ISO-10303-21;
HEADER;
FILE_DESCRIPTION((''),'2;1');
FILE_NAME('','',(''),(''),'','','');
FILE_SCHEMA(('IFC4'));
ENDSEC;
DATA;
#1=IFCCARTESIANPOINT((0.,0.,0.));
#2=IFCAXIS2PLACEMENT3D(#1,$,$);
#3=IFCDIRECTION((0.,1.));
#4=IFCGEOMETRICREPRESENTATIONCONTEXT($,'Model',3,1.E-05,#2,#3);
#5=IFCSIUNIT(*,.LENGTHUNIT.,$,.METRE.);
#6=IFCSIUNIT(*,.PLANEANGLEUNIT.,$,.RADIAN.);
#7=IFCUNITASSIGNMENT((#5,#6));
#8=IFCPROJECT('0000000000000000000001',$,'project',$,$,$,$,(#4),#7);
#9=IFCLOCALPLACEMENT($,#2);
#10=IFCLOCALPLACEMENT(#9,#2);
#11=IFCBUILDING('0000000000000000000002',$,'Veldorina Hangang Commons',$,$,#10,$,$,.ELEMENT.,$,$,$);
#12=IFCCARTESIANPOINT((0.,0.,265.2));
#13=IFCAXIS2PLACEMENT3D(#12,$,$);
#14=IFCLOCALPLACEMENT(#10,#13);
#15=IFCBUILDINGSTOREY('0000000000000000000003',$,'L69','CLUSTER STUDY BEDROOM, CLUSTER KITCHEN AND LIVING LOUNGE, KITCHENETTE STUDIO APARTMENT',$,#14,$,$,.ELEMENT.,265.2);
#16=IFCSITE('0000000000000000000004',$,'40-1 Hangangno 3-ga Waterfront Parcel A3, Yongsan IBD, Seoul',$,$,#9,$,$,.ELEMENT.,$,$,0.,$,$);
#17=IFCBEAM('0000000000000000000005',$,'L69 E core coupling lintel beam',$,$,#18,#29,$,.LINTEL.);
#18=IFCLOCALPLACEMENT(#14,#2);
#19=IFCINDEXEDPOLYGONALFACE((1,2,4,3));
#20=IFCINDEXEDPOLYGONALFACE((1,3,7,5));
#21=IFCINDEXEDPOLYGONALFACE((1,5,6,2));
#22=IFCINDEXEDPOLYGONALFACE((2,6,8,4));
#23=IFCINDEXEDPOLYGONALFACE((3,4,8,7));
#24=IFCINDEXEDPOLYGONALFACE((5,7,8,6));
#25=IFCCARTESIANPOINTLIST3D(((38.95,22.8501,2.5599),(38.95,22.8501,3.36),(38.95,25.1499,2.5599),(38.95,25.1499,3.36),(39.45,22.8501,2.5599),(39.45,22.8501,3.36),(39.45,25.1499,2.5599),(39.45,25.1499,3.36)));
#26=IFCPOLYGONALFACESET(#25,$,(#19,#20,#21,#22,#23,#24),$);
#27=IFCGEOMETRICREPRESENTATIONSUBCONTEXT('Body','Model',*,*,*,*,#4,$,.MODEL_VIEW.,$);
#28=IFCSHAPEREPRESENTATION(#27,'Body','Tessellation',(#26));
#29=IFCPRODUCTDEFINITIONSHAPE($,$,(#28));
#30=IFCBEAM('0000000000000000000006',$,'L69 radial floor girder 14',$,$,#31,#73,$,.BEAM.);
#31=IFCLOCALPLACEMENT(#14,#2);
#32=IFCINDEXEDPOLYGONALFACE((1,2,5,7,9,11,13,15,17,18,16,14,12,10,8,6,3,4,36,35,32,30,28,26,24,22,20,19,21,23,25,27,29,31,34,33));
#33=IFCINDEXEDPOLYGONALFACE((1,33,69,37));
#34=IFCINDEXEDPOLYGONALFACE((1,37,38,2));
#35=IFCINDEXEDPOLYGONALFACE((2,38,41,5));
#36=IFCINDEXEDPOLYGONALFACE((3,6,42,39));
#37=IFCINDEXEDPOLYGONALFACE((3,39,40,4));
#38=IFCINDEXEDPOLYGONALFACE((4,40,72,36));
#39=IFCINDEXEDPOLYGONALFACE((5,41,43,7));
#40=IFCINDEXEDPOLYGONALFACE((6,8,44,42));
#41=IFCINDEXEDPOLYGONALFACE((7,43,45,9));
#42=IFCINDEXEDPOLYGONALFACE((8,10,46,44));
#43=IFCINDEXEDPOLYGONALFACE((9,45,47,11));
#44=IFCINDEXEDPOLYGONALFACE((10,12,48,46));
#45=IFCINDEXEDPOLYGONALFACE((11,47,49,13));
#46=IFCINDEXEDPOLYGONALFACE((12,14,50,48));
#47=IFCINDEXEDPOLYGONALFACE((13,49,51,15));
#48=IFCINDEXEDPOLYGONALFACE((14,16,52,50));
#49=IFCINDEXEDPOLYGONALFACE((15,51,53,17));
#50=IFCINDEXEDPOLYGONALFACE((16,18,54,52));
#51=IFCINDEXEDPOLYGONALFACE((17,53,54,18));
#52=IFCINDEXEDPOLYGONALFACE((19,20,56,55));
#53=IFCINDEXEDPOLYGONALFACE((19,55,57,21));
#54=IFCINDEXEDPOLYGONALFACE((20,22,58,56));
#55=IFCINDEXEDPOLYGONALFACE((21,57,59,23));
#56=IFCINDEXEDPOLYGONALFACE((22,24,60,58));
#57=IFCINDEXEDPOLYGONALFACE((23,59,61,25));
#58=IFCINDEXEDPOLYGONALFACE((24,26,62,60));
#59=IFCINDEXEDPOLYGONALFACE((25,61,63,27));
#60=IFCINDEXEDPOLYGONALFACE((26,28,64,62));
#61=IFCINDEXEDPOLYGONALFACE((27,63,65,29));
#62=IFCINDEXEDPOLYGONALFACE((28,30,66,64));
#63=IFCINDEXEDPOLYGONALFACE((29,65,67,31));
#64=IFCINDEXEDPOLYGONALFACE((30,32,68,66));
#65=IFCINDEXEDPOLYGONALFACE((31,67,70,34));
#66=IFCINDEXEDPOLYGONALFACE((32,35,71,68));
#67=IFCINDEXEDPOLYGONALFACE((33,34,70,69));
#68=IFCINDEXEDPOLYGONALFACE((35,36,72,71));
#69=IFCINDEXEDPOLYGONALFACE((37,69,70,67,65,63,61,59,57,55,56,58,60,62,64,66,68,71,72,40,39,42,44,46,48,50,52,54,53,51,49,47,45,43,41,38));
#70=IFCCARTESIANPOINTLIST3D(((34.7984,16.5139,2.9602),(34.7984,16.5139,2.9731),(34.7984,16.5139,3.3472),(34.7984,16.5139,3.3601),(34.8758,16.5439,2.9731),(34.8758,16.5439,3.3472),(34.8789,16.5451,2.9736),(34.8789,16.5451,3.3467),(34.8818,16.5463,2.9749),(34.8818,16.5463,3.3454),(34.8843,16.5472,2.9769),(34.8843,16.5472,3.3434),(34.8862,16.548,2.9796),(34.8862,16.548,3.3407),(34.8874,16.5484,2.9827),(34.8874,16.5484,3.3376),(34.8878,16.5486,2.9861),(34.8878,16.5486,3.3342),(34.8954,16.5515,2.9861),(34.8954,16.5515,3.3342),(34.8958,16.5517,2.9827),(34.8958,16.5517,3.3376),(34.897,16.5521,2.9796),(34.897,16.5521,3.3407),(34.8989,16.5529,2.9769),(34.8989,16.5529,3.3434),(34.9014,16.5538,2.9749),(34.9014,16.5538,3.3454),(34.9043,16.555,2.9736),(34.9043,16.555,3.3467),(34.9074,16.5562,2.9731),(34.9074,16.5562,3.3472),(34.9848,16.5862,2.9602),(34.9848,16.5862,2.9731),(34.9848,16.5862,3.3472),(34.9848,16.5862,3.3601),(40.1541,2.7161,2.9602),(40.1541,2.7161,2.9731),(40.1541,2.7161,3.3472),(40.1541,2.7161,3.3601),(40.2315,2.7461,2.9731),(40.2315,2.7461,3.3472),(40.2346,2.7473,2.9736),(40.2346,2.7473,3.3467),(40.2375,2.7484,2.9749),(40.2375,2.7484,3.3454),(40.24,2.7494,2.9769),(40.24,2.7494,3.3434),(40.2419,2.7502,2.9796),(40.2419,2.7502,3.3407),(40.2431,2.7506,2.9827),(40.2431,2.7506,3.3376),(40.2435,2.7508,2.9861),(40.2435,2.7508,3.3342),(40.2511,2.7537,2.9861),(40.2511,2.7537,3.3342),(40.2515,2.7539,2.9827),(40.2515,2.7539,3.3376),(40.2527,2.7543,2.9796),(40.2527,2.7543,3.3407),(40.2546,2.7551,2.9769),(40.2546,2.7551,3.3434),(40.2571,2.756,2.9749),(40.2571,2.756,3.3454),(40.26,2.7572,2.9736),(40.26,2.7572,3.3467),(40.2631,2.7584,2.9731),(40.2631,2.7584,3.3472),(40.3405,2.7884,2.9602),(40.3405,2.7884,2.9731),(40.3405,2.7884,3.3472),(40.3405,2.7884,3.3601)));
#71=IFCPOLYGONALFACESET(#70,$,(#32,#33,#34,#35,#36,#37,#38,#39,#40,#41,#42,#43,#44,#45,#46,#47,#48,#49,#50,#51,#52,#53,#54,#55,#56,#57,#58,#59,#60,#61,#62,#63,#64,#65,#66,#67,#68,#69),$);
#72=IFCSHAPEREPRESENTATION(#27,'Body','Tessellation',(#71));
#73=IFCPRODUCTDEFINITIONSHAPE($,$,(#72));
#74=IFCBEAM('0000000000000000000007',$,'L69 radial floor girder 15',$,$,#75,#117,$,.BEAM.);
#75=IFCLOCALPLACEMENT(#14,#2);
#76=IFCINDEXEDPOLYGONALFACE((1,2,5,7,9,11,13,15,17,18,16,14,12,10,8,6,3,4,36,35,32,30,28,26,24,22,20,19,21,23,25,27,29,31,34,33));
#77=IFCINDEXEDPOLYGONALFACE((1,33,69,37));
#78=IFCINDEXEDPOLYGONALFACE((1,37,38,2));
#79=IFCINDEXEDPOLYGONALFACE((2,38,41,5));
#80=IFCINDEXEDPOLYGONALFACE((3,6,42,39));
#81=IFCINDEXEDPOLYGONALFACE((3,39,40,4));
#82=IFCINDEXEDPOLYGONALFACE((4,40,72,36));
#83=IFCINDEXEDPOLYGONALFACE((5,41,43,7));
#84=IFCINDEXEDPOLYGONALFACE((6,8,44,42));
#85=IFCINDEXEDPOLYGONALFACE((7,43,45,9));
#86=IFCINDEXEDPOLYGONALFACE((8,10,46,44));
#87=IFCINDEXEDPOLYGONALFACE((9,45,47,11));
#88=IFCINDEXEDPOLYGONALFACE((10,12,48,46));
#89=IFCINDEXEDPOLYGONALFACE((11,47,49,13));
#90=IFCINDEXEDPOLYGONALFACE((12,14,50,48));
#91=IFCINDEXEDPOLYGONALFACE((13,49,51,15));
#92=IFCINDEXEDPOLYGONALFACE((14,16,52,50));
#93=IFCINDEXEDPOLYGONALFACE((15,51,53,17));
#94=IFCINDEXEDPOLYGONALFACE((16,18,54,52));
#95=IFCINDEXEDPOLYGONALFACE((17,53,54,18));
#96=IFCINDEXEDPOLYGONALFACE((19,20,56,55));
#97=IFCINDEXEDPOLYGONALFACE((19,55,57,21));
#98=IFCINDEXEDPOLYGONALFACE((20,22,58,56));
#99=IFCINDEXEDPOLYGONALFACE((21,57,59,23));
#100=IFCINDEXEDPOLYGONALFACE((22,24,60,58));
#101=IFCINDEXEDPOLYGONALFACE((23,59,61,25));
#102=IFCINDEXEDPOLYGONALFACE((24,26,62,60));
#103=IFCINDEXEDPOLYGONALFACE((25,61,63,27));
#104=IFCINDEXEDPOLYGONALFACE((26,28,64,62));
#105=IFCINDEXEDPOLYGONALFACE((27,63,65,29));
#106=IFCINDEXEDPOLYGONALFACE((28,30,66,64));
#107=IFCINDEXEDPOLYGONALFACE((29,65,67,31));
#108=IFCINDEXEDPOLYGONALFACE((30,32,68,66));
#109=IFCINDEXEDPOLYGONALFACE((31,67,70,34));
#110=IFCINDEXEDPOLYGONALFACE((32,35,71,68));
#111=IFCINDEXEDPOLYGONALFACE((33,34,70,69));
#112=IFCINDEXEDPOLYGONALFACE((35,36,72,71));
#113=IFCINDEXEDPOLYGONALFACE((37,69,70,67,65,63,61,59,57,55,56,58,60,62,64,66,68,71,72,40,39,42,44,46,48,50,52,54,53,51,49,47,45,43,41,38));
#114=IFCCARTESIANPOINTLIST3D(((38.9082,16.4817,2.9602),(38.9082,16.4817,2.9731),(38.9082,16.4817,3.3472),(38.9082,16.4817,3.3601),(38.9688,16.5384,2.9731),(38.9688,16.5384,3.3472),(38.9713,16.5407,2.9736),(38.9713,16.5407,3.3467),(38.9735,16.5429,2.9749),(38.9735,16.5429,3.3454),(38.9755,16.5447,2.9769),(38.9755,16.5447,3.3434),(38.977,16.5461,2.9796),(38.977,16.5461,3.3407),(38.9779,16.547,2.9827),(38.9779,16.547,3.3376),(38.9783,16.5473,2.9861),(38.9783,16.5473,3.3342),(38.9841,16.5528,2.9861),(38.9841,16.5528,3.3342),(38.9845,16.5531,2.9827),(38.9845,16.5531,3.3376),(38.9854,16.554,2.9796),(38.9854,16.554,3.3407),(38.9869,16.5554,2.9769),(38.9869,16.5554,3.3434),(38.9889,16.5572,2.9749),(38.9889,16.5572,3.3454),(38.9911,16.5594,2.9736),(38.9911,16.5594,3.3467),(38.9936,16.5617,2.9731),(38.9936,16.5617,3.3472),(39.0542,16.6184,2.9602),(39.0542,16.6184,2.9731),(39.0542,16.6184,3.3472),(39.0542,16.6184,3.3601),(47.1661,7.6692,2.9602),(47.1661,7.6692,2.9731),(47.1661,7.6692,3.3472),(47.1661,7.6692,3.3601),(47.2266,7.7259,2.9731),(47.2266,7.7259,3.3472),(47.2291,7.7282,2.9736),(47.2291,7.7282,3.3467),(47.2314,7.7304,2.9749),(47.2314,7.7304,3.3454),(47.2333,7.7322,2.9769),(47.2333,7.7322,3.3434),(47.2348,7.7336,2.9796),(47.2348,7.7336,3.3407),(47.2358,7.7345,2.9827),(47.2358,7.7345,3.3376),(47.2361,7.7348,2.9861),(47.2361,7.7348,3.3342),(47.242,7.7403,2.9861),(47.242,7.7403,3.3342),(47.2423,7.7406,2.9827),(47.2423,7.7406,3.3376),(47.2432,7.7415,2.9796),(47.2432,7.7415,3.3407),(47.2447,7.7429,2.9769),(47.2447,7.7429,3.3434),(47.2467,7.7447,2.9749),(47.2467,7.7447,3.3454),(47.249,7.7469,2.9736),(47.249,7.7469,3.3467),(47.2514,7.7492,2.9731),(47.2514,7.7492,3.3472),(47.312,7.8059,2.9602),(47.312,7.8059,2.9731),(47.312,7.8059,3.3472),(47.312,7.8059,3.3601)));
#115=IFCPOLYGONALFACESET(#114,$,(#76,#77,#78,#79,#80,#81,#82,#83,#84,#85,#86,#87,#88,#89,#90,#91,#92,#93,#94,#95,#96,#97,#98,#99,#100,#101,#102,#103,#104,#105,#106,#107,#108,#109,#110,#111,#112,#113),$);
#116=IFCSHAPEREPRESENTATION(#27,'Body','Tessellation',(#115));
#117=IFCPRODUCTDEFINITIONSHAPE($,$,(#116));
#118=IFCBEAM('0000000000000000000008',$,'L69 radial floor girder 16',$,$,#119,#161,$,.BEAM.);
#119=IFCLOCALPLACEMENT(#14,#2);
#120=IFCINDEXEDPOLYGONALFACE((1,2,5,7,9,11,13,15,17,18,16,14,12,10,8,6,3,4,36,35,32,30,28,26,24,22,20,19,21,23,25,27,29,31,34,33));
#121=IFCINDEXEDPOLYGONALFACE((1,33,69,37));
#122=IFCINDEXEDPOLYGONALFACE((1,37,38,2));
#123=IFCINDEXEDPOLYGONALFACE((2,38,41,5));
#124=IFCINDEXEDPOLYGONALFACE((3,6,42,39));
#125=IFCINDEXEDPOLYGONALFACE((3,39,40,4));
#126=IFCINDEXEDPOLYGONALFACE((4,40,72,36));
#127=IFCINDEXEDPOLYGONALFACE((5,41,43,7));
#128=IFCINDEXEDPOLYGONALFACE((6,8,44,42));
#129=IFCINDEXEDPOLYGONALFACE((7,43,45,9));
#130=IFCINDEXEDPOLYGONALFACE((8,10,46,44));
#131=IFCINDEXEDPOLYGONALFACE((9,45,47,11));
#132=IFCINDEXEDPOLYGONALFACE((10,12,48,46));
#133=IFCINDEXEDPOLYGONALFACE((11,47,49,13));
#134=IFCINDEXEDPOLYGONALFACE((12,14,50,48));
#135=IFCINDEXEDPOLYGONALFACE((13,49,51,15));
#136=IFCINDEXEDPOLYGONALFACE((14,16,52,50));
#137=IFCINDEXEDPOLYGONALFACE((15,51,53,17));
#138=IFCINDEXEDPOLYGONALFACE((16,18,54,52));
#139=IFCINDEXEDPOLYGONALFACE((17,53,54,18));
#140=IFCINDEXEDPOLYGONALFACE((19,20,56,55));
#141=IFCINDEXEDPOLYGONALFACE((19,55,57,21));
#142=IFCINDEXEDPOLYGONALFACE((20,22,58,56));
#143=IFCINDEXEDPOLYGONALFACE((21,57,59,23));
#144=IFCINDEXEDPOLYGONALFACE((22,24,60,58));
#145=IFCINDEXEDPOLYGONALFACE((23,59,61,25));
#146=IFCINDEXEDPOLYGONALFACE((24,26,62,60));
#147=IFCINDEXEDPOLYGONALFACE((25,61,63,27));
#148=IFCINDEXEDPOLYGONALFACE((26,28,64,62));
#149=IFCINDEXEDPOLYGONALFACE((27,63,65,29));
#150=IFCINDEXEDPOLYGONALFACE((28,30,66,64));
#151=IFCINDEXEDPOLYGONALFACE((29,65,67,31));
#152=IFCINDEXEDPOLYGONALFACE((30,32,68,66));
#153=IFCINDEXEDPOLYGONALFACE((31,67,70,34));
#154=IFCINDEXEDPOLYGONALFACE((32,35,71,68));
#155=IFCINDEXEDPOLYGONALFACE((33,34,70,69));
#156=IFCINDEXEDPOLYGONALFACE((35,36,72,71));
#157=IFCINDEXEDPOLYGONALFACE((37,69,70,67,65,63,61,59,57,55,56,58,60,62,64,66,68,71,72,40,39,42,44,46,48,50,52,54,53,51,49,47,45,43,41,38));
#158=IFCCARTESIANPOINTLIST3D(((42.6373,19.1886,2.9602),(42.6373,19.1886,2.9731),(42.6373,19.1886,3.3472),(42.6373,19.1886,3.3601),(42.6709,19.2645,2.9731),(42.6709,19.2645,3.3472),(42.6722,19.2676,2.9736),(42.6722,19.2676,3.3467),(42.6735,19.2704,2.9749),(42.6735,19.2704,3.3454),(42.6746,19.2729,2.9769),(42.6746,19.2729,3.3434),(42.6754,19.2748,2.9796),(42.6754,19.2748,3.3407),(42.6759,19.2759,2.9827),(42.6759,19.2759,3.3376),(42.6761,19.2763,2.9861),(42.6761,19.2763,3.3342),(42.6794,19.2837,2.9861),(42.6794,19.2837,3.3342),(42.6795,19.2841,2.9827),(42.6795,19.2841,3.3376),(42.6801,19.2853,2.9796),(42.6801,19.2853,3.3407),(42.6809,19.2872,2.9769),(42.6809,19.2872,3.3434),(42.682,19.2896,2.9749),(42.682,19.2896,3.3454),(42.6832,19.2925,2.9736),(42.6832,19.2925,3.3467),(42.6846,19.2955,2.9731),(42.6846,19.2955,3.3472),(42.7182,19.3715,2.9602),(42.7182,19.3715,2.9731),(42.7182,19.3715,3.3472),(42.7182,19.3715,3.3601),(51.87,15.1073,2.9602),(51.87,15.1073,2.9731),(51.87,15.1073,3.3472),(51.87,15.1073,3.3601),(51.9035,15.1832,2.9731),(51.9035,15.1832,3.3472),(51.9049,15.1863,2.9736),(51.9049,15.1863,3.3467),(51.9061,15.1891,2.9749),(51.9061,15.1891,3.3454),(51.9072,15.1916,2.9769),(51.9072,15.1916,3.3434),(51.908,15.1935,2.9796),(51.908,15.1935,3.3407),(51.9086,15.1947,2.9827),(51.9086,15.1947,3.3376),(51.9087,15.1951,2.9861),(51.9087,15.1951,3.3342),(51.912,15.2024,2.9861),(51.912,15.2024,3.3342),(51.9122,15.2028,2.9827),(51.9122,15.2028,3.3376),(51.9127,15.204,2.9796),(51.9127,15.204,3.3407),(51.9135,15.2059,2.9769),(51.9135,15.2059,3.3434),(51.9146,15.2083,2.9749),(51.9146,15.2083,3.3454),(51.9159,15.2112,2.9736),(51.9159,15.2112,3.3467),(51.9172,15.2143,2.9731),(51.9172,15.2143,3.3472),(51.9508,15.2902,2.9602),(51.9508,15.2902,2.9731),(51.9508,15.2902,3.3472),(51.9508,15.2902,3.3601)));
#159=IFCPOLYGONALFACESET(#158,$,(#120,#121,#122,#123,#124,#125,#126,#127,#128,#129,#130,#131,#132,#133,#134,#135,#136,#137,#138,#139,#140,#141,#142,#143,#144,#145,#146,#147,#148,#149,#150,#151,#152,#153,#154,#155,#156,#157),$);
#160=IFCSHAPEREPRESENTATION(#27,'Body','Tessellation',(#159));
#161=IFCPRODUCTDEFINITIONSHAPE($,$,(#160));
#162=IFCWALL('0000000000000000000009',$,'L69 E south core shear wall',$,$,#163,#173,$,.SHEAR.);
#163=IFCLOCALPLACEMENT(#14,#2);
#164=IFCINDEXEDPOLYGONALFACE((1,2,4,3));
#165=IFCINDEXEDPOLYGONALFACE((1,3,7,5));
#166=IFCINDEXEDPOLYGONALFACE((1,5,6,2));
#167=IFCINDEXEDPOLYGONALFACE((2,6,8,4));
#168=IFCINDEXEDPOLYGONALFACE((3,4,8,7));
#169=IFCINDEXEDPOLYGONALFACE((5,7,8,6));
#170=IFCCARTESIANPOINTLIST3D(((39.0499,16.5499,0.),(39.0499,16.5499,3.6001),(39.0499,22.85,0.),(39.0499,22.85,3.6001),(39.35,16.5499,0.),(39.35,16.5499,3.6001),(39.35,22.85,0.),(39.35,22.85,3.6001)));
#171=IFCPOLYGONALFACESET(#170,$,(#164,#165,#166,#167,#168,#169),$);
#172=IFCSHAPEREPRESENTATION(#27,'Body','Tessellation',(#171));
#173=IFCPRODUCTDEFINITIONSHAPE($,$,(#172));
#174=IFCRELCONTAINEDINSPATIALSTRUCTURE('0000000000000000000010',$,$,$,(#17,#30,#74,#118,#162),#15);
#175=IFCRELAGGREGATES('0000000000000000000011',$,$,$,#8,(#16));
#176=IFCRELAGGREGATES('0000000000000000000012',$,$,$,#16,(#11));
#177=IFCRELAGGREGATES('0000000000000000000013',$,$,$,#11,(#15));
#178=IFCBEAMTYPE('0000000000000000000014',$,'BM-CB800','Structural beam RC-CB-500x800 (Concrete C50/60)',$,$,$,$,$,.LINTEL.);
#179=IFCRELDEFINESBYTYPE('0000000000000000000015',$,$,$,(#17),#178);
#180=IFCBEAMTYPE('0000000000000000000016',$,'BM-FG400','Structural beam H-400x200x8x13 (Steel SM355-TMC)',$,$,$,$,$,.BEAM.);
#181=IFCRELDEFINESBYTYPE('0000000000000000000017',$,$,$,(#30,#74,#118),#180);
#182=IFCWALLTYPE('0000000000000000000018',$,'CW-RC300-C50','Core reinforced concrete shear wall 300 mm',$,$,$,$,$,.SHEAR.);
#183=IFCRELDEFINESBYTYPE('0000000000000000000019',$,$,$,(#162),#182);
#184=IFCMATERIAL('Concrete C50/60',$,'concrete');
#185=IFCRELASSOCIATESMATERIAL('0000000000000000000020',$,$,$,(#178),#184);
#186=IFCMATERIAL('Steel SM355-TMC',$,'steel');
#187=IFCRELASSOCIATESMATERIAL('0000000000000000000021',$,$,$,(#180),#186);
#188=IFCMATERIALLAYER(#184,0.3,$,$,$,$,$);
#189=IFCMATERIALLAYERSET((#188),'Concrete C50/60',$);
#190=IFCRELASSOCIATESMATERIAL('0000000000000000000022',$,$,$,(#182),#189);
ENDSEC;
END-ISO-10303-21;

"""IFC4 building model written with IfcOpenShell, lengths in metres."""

from ifc_helpers import new_model, si_unit, direction, frame, frame_2d, origin, origin_2d, place, context, subcontext, project, spatial, rectangle, i_section, extrude, material, layer, layer_set, material_profile, profile_set, type_object, element, save


model = new_model("IFC4")

# Units and contexts
model_context = context("Model", 3, precision=1e-05, world=origin(), true_north=direction((0.0, 1.0)))
body_context = subcontext(model_context, "Body", "Model", "MODEL_VIEW")
ifc_project = project(units=[si_unit("LENGTHUNIT", "METRE"), si_unit("PLANEANGLEUNIT", "RADIAN")], contexts=[model_context])

# Site, building, storey
site_placement = place(None, origin())
site = spatial("IfcSite", under=ifc_project, at=site_placement, Name="40-1 Hangangno 3-ga Waterfront Parcel A3, Yongsan IBD, Seoul", CompositionType="ELEMENT", RefElevation=0.0)
building_placement = place(site_placement, origin())
building = spatial("IfcBuilding", under=site, at=building_placement, Name="Veldorina Hangang Commons", CompositionType="ELEMENT")
storey_placement = place(building_placement, frame((0.0, 0.0, 265.2)))
storey = spatial("IfcBuildingStorey", under=building, at=storey_placement, Name="L69", Description="CLUSTER STUDY BEDROOM, CLUSTER KITCHEN AND LIVING LOUNGE, KITCHENETTE STUDIO APARTMENT", CompositionType="ELEMENT", Elevation=265.2)

# Beams
ifc_material_1 = material(Name="Concrete C50/60", Category="concrete")
ifc_material_profile_1 = material_profile(ifc_material_1, rectangle(XDim=0.5, YDim=0.8, at=origin_2d()), Name="RC-CB-500x800")
ifc_profile_set_1 = profile_set([ifc_material_profile_1], Name="Concrete C50/60")
beam_type_1 = type_object("IfcBeamType", Name="BM-CB800", Description="Structural beam RC-CB-500x800 (Concrete C50/60)", PredefinedType="LINTEL", material=ifc_profile_set_1)
beam_1_placement = place(storey_placement, frame((39.2, 22.8501, 2.96), z_axis=(0.0, 1.0, 0.0), x_axis=(-1.0, 0.0, 0.0)))
element("IfcBeam", 1, at=beam_1_placement, inside=storey, type_object=beam_type_1, Name="L69 E core coupling lintel beam", PredefinedType="LINTEL", context=body_context, shape_type="SweptSolid", body=[
    extrude(rectangle(XDim=0.5, YDim=0.8, at=origin_2d()), origin(), (0.0, 0.0, 1.0), 2.2998),
])
ifc_material_2 = material(Name="Steel SM355-TMC", Category="steel")
ifc_material_profile_2 = material_profile(ifc_material_2, i_section(OverallWidth=0.2, OverallDepth=0.3999, WebThickness=0.0081, FlangeThickness=0.0129, FilletRadius=0.0129, at=origin_2d()), Name="H-400x200x8x13")
ifc_profile_set_2 = profile_set([ifc_material_profile_2], Name="Steel SM355-TMC")
beam_type_2 = type_object("IfcBeamType", Name="BM-FG400", Description="Structural beam H-400x200x8x13 (Steel SM355-TMC)", PredefinedType="BEAM", material=ifc_profile_set_2)
beam_2_placement = place(storey_placement, frame((34.8916, 16.55, 3.1602), z_axis=(0.361852, -0.932235, 0.0), x_axis=(0.932235, 0.361852, 0.0)))
element("IfcBeam", 2, at=beam_2_placement, inside=storey, type_object=beam_type_2, Name="L69 radial floor girder 14", PredefinedType="BEAM", context=body_context, shape_type="SweptSolid", body=[
    extrude(i_section(OverallWidth=0.2, OverallDepth=0.3999, WebThickness=0.0081, FlangeThickness=0.0129, FilletRadius=0.0129, at=origin_2d()), origin(), (0.0, 0.0, 1.0), 14.8008),
])
beam_3_placement = place(storey_placement, frame((38.9812, 16.55, 3.1602), z_axis=(0.683769, -0.729699, 0.0), x_axis=(0.729699, 0.683769, 0.0)))
element("IfcBeam", 3, at=beam_3_placement, inside=storey, type_object=beam_type_2, Name="L69 radial floor girder 15", PredefinedType="BEAM", context=body_context, shape_type="SweptSolid", body=[
    extrude(i_section(OverallWidth=0.2, OverallDepth=0.3999, WebThickness=0.0081, FlangeThickness=0.0129, FilletRadius=0.0129, at=origin_2d()), origin(), (0.0, 0.0, 1.0), 12.0769),
])
beam_4_placement = place(storey_placement, frame((42.6777, 19.28, 3.1602), z_axis=(0.914623, -0.404309, 0.0), x_axis=(0.404309, 0.914623, 0.0)))
element("IfcBeam", 4, at=beam_4_placement, inside=storey, type_object=beam_type_2, Name="L69 radial floor girder 16", PredefinedType="BEAM", context=body_context, shape_type="SweptSolid", body=[
    extrude(i_section(OverallWidth=0.2, OverallDepth=0.3999, WebThickness=0.0081, FlangeThickness=0.0129, FilletRadius=0.0129, at=origin_2d()), origin(), (0.0, 0.0, 1.0), 10.0945),
])

# Wall
ifc_layer_1 = layer(ifc_material_1, 0.3)
ifc_layer_set_1 = layer_set([ifc_layer_1], Name="Concrete C50/60")
wall_type_1 = type_object("IfcWallType", Name="CW-RC300-C50", Description="Core reinforced concrete shear wall 300 mm", PredefinedType="SHEAR", material=ifc_layer_set_1)
wall_1_placement = place(storey_placement, frame((39.2, 16.55, 0.0), z_axis=(0.0, 0.0, 1.0), x_axis=(0.0, 1.0, 0.0)))
element("IfcWall", 5, at=wall_1_placement, inside=storey, type_object=wall_type_1, Name="L69 E south core shear wall", PredefinedType="SHEAR", context=body_context, shape_type="SweptSolid", body=[
    extrude(rectangle(XDim=6.3, YDim=0.3, at=frame_2d((3.1499, 0.0))), origin(), (0.0, 0.0, 1.0), 3.6001),
])

save(model, "model.ifc")
